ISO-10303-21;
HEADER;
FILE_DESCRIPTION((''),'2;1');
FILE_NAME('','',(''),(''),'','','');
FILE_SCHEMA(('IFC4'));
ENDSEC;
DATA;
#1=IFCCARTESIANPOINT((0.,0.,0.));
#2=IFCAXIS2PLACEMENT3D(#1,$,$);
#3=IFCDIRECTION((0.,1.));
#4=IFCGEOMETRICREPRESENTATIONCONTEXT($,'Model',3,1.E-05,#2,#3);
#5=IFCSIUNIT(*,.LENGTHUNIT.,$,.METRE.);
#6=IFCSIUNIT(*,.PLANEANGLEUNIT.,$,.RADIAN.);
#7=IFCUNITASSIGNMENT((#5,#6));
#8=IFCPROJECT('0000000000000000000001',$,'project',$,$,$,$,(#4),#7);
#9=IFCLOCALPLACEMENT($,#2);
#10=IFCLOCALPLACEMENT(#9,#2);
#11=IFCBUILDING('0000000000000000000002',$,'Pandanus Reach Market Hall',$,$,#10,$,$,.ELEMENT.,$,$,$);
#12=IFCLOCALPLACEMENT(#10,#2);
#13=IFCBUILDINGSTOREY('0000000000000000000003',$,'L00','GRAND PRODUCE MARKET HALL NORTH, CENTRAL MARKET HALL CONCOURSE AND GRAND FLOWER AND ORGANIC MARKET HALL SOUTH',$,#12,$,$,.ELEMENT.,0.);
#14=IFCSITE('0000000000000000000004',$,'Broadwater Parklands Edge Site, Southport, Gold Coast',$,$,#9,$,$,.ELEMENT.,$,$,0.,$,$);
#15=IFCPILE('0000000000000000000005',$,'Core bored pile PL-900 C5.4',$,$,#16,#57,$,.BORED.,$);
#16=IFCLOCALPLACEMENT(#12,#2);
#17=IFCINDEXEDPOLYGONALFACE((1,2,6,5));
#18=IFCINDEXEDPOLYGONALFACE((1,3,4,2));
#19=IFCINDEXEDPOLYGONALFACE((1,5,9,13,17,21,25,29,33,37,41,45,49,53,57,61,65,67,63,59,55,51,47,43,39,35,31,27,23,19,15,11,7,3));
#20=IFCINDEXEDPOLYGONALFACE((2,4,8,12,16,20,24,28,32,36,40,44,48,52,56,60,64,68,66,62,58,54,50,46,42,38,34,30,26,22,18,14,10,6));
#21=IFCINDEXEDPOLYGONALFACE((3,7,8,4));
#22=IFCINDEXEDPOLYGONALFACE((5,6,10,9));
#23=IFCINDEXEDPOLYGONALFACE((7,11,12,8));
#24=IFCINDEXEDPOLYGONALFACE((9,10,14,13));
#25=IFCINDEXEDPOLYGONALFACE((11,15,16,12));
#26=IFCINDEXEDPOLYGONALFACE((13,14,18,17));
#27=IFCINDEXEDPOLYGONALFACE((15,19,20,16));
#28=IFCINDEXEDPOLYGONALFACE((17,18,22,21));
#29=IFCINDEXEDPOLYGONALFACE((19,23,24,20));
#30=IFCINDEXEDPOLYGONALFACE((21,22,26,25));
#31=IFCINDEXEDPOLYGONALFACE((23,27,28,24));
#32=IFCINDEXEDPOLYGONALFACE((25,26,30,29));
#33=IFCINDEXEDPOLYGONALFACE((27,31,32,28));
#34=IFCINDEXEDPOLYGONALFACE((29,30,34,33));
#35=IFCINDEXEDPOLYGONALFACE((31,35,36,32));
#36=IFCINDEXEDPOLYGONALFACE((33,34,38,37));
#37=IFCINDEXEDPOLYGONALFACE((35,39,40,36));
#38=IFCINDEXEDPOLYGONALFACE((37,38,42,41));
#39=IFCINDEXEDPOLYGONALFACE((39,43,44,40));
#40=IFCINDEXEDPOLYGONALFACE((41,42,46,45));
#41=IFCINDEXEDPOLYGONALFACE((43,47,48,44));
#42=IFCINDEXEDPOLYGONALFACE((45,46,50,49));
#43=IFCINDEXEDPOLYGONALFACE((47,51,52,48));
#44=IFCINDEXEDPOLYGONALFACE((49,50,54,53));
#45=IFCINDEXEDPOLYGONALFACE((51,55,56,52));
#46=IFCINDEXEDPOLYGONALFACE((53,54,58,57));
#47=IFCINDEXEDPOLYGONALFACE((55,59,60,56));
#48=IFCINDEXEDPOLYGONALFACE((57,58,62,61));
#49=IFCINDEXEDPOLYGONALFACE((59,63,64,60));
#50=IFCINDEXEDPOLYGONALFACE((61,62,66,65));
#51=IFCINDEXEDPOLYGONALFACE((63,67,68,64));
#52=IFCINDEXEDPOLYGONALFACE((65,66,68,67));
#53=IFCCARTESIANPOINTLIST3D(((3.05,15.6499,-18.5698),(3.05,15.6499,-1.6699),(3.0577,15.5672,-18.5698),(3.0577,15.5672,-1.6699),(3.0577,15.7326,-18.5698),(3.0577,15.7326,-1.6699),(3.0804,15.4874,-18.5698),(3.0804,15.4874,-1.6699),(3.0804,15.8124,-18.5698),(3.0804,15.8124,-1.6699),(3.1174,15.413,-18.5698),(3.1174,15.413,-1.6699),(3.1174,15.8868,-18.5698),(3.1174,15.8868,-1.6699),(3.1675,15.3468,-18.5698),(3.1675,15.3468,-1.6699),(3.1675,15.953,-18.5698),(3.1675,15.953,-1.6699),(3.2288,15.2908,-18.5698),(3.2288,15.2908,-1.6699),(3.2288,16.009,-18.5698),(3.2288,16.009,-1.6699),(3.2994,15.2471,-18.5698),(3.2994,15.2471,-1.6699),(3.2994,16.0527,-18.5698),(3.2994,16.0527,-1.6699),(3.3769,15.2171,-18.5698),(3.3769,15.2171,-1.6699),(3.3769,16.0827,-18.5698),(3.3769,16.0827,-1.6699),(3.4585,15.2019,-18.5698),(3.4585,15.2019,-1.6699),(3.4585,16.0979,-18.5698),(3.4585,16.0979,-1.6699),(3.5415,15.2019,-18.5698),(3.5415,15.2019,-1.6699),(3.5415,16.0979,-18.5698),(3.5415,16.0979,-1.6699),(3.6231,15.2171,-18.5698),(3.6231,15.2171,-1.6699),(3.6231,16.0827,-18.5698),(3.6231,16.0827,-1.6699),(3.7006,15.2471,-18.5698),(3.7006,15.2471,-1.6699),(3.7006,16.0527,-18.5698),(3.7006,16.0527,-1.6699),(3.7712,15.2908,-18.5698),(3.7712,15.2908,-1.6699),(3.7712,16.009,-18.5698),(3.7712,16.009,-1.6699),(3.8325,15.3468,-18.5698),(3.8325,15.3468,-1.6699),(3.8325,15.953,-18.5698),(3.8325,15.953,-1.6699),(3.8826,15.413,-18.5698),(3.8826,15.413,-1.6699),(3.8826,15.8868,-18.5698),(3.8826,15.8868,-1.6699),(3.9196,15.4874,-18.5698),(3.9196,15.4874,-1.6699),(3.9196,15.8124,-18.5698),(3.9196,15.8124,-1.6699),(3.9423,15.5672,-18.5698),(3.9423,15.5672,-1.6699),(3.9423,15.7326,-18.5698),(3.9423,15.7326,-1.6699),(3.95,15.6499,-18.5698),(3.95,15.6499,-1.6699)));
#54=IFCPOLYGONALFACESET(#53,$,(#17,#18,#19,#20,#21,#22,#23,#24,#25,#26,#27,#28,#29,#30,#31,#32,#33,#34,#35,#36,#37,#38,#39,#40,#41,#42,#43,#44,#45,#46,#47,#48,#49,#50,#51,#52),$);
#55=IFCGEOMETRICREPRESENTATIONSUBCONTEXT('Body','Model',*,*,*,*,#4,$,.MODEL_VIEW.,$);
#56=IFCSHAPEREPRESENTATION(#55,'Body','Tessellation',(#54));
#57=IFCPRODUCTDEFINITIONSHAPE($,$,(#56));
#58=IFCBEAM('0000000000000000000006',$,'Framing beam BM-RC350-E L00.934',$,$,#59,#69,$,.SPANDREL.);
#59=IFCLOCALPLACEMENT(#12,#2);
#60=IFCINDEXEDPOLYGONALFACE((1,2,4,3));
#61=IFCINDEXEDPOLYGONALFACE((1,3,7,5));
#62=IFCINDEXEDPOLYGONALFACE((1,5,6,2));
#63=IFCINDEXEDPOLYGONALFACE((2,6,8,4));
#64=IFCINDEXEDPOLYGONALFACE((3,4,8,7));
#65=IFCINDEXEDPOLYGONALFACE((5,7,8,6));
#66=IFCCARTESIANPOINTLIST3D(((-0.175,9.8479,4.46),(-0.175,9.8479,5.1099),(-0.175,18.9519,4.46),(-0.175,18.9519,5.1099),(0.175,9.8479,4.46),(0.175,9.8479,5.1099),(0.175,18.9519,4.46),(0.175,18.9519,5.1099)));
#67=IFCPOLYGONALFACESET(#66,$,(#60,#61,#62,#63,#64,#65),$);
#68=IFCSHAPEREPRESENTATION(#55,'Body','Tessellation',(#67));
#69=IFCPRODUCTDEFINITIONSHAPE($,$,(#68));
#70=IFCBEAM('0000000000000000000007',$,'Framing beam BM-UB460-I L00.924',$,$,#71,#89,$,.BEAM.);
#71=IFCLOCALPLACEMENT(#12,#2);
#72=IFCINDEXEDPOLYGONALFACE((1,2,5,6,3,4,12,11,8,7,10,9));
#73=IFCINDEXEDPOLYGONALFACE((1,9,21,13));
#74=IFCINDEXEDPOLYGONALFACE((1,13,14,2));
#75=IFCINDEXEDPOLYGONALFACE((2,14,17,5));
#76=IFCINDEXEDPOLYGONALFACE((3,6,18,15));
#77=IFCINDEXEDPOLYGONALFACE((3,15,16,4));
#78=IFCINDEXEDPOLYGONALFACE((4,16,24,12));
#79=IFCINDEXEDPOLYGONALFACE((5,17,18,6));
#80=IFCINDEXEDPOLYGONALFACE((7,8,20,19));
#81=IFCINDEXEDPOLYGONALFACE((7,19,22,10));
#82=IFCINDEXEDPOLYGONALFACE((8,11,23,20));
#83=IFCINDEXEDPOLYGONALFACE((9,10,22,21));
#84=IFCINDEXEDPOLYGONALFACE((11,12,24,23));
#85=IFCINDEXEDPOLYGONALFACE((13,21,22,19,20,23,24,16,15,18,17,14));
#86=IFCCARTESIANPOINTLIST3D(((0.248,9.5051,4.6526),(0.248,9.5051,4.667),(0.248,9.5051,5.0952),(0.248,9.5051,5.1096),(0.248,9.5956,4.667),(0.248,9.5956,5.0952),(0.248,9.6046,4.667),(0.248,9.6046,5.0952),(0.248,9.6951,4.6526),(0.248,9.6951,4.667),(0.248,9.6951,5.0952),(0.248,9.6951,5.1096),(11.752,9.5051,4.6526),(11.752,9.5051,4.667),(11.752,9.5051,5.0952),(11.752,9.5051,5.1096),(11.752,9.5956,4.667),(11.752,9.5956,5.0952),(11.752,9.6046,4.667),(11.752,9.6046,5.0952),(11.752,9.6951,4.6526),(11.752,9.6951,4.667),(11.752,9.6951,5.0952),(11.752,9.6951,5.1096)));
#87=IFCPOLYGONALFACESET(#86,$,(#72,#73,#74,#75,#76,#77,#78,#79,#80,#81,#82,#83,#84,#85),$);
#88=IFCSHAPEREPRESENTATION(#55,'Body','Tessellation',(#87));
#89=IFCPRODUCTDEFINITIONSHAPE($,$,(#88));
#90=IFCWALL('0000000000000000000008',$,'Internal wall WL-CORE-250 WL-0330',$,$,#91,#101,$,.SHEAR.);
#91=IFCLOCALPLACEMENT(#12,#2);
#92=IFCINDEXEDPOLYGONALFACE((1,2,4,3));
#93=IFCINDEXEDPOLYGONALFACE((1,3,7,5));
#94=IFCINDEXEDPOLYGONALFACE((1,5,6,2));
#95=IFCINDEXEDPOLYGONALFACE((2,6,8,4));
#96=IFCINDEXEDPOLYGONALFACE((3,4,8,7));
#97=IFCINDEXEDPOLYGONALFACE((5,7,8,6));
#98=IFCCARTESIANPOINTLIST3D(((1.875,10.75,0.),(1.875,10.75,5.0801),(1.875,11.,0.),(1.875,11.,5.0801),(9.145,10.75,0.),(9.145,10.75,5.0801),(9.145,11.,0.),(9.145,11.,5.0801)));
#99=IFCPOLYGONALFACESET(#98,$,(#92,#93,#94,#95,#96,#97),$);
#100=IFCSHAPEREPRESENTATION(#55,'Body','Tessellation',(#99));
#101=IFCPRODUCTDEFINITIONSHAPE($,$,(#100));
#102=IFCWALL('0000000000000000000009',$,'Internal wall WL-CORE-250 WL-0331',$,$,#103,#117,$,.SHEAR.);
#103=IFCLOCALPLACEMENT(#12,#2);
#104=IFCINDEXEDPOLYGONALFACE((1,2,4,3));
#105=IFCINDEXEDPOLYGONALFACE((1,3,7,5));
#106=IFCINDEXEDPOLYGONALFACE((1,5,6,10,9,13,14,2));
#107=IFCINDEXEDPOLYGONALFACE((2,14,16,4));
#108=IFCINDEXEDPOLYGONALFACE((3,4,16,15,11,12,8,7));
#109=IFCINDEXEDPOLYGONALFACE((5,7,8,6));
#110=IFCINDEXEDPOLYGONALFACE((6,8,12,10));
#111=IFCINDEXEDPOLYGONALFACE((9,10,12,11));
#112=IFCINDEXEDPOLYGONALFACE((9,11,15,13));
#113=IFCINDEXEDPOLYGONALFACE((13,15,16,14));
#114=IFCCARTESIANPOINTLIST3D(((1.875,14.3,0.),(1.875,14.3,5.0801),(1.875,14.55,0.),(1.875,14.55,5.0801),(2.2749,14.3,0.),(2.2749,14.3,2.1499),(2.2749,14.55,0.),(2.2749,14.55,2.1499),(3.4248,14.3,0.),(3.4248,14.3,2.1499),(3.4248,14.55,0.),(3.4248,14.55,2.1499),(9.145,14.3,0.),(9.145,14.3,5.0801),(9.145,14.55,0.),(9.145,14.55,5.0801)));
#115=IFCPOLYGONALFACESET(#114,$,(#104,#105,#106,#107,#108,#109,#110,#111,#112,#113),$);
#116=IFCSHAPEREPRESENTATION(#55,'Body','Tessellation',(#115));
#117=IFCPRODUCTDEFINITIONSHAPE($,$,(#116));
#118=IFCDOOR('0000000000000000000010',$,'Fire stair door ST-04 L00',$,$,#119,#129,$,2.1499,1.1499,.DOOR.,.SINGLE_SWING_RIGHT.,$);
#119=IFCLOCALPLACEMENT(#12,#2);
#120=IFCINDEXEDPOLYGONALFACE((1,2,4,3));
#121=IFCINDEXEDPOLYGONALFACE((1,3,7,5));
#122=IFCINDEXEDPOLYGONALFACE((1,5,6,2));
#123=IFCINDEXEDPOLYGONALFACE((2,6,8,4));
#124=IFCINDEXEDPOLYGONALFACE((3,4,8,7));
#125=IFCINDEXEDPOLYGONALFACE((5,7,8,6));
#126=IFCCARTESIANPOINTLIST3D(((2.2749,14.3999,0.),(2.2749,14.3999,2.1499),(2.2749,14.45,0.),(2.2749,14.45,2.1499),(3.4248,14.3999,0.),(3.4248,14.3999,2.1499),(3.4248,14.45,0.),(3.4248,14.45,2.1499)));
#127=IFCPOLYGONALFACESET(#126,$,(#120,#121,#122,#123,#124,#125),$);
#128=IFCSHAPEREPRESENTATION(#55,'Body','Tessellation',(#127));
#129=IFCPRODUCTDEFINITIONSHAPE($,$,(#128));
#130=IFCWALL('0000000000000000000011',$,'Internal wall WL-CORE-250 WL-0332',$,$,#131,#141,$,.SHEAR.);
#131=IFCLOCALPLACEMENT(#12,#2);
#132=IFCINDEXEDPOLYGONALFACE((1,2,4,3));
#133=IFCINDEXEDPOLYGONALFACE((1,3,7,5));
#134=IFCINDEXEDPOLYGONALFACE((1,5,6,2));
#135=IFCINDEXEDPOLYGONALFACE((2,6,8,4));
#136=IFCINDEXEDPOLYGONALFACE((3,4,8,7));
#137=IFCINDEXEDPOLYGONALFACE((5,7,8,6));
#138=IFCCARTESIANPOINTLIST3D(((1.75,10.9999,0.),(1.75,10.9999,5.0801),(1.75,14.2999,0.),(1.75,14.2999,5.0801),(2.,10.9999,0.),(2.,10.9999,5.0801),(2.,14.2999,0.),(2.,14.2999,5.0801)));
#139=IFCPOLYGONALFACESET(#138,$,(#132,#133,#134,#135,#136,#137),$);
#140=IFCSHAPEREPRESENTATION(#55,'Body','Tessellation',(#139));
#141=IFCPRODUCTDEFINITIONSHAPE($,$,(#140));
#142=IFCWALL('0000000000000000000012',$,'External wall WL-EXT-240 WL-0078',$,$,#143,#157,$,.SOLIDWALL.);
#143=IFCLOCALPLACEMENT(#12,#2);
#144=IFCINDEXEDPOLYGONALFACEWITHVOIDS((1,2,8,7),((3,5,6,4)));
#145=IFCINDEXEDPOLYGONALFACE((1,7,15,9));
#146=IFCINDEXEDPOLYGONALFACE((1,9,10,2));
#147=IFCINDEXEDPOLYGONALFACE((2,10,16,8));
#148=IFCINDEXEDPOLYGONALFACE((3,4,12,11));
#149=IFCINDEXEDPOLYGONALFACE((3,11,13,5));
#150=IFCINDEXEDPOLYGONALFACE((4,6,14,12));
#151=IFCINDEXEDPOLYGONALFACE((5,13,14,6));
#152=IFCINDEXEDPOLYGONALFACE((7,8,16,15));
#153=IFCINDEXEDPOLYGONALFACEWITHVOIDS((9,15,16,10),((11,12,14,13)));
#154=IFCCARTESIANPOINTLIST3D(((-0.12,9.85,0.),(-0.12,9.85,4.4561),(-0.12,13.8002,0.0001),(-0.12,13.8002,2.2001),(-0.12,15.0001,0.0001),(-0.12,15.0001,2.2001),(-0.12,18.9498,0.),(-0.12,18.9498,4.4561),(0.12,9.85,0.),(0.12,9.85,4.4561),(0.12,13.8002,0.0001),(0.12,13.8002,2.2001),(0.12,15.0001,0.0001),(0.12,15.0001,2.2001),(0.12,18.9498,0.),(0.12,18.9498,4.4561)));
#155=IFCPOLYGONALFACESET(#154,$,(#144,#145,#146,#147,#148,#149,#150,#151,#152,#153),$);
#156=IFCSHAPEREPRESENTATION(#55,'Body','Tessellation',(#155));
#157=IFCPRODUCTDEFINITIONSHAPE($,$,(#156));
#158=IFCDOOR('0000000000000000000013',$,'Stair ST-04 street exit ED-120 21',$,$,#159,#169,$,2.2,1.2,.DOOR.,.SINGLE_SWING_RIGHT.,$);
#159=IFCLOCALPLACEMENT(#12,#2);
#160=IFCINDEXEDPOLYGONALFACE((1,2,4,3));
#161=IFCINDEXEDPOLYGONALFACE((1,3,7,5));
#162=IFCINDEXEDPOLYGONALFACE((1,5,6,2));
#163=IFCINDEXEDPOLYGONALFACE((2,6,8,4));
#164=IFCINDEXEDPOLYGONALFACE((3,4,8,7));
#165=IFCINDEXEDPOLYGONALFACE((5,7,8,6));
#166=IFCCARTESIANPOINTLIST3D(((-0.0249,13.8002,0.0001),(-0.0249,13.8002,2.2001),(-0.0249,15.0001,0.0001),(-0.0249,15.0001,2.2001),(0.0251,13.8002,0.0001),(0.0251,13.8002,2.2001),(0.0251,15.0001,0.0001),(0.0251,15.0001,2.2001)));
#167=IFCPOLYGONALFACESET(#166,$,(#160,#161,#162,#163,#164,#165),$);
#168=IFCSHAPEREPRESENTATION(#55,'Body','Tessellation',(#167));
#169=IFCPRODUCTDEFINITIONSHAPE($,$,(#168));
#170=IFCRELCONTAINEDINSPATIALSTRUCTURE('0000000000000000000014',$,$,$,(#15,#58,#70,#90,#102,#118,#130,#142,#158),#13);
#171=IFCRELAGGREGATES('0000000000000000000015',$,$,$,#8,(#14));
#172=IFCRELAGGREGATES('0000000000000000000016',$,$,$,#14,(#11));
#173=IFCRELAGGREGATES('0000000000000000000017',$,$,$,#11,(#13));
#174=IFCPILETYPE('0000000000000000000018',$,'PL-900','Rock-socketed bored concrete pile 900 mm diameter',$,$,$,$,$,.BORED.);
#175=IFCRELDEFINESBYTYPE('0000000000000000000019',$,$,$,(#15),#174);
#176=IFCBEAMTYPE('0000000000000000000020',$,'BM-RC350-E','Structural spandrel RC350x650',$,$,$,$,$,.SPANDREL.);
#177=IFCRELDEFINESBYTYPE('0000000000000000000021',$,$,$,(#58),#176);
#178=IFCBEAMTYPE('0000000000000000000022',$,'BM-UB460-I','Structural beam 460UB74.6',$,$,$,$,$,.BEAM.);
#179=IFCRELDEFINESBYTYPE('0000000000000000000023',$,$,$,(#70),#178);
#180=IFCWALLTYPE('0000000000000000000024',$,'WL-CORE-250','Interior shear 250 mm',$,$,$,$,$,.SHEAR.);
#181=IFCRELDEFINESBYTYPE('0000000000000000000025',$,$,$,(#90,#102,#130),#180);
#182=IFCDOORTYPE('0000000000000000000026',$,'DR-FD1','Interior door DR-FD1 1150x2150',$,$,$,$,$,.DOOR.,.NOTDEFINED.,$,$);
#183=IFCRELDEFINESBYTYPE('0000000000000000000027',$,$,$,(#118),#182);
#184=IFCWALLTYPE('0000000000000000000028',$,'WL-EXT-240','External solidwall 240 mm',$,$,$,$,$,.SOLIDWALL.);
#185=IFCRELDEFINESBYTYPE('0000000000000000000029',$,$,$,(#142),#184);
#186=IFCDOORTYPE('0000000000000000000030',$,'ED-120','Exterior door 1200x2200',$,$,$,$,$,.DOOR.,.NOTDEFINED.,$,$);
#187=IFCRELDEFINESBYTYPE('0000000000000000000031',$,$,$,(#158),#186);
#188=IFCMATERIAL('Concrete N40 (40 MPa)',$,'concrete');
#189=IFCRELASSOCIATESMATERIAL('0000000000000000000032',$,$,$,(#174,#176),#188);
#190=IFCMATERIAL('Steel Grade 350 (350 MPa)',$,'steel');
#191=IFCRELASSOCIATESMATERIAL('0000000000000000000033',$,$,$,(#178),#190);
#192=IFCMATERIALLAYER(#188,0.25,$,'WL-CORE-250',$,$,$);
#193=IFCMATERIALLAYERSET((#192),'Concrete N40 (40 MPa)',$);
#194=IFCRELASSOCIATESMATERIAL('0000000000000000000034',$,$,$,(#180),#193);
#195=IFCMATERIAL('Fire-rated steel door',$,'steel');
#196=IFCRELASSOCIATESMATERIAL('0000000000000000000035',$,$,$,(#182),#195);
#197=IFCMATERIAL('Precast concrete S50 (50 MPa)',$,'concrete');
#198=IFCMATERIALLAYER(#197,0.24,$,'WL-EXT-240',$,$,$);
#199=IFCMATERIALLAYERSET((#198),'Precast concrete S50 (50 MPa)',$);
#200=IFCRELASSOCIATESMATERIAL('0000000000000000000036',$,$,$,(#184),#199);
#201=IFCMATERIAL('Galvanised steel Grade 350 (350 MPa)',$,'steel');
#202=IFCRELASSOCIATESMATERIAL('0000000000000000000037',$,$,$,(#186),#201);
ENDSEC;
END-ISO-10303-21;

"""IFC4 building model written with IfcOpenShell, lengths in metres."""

from ifc_helpers import new_model, si_unit, direction, frame, frame_2d, origin, origin_2d, place, context, subcontext, project, spatial, rectangle, circle, i_section, extrude, material, layer, layer_set, material_profile, profile_set, type_object, element, fill, save


model = new_model("IFC4")

# Units and contexts
model_context = context("Model", 3, precision=1e-05, world=origin(), true_north=direction((0.0, 1.0)))
body_context = subcontext(model_context, "Body", "Model", "MODEL_VIEW")
ifc_project = project(units=[si_unit("LENGTHUNIT", "METRE"), si_unit("PLANEANGLEUNIT", "RADIAN")], contexts=[model_context])

# Site, building, storey
site_placement = place(None, origin())
site = spatial("IfcSite", under=ifc_project, at=site_placement, Name="Broadwater Parklands Edge Site, Southport, Gold Coast", CompositionType="ELEMENT", RefElevation=0.0)
building_placement = place(site_placement, origin())
building = spatial("IfcBuilding", under=site, at=building_placement, Name="Pandanus Reach Market Hall", CompositionType="ELEMENT")
storey_placement = place(building_placement, origin())
storey = spatial("IfcBuildingStorey", under=building, at=storey_placement, Name="L00", Description="GRAND PRODUCE MARKET HALL NORTH, CENTRAL MARKET HALL CONCOURSE AND GRAND FLOWER AND ORGANIC MARKET HALL SOUTH", CompositionType="ELEMENT", Elevation=0.0)

# Shared definitions
ifc_material_1 = material(Name="Concrete N40 (40 MPa)", Category="concrete")

# Pile
ifc_material_profile_1 = material_profile(ifc_material_1, circle(Radius=0.45, at=origin_2d()), Name="PILE-900D", Category="LoadBearing")
ifc_profile_set_1 = profile_set([ifc_material_profile_1], Name="Concrete N40 (40 MPa)")
pile_type_1 = type_object("IfcPileType", Name="PL-900", Description="Rock-socketed bored concrete pile 900 mm diameter", PredefinedType="BORED", material=ifc_profile_set_1)
for number, where, z_axis, x_axis, name in (
    (1, (3.5, 15.6499, -1.6699), (0.0, 0.0, -1.0), (1.0, 0.0, 0.0), "Core bored pile PL-900 C5.4"),
):
    element("IfcPile", number, at=place(storey_placement, frame(where, z_axis=z_axis, x_axis=x_axis)), inside=storey, type_object=pile_type_1, Name=name, PredefinedType="BORED", context=body_context, shape_type="SweptSolid", body=[
        extrude(circle(Radius=0.45, at=origin_2d()), origin(), (0.0, 0.0, 1.0), 16.8999),
    ])

# Beams
ifc_material_profile_2 = material_profile(ifc_material_1, rectangle(XDim=0.3501, YDim=0.6499, at=origin_2d()), Name="RC350x650", Category="LoadBearing")
ifc_profile_set_2 = profile_set([ifc_material_profile_2], Name="Concrete N40 (40 MPa)")
beam_type_1 = type_object("IfcBeamType", Name="BM-RC350-E", Description="Structural spandrel RC350x650", PredefinedType="SPANDREL", material=ifc_profile_set_2)
beam_1_placement = place(storey_placement, frame((0.0, 9.8479, 4.7849), z_axis=(0.0, 1.0, 0.0), x_axis=(-1.0, 0.0, 0.0)))
element("IfcBeam", 2, at=beam_1_placement, inside=storey, type_object=beam_type_1, Name="Framing beam BM-RC350-E L00.934", PredefinedType="SPANDREL", context=body_context, shape_type="SweptSolid", body=[
    extrude(rectangle(XDim=0.3501, YDim=0.6499, at=origin_2d()), origin(), (0.0, 0.0, 1.0), 9.104),
])
ifc_material_2 = material(Name="Steel Grade 350 (350 MPa)", Category="steel")
ifc_material_profile_3 = material_profile(ifc_material_2, i_section(OverallWidth=0.1899, OverallDepth=0.457, WebThickness=0.009, FlangeThickness=0.0144, at=origin_2d()), Name="460UB74.6", Category="LoadBearing")
ifc_profile_set_3 = profile_set([ifc_material_profile_3], Name="Steel Grade 350 (350 MPa)")
beam_type_2 = type_object("IfcBeamType", Name="BM-UB460-I", Description="Structural beam 460UB74.6", PredefinedType="BEAM", material=ifc_profile_set_3)
beam_2_placement = place(storey_placement, frame((0.248, 9.6001, 4.8811), z_axis=(1.0, 0.0, 0.0), x_axis=(0.0, 1.0, 0.0)))
element("IfcBeam", 3, at=beam_2_placement, inside=storey, type_object=beam_type_2, Name="Framing beam BM-UB460-I L00.924", PredefinedType="BEAM", context=body_context, shape_type="SweptSolid", body=[
    extrude(i_section(OverallWidth=0.1899, OverallDepth=0.457, WebThickness=0.009, FlangeThickness=0.0144, at=origin_2d()), origin(), (0.0, 0.0, 1.0), 11.5039),
])

# Wall
ifc_layer_1 = layer(ifc_material_1, 0.25, Name="WL-CORE-250")
ifc_layer_set_1 = layer_set([ifc_layer_1], Name="Concrete N40 (40 MPa)")
wall_type_1 = type_object("IfcWallType", Name="WL-CORE-250", Description="Interior shear 250 mm", PredefinedType="SHEAR", material=ifc_layer_set_1)
wall_1_placement = place(storey_placement, frame((1.875, 10.875, 0.0), z_axis=(0.0, 0.0, 1.0), x_axis=(1.0, 0.0, 0.0)))
element("IfcWall", 4, at=wall_1_placement, inside=storey, type_object=wall_type_1, Name="Internal wall WL-CORE-250 WL-0330", PredefinedType="SHEAR", context=body_context, shape_type="SweptSolid", body=[
    extrude(rectangle(XDim=7.27, YDim=0.25, at=frame_2d((3.635, 0.0))), origin(), (0.0, 0.0, 1.0), 5.0801),
])

# Wall, opening, door
wall_2_placement = place(storey_placement, frame((1.875, 14.425, 0.0), z_axis=(0.0, 0.0, 1.0), x_axis=(1.0, 0.0, 0.0)))
wall_2 = element("IfcWall", 5, at=wall_2_placement, inside=storey, type_object=wall_type_1, Name="Internal wall WL-CORE-250 WL-0331", PredefinedType="SHEAR", context=body_context, shape_type="SweptSolid", body=[
    extrude(rectangle(XDim=7.27, YDim=0.25, at=frame_2d((3.635, 0.0))), origin(), (0.0, 0.0, 1.0), 5.0801),
])
opening_1_placement = place(wall_2_placement, frame((0.3999, 0.0, 0.0)))
opening_1 = element("IfcOpeningElement", 6, at=opening_1_placement, cuts=wall_2, PredefinedType="OPENING", context=body_context, shape_type="SweptSolid", body=[
    extrude(rectangle(XDim=1.1499, YDim=2.1499, at=frame_2d((0.575, 1.075))), frame((0.0, 0.1399, 0.0), z_axis=(0.0, -1.0, 0.0), x_axis=(1.0, 0.0, 0.0)), (0.0, 0.0, 1.0), 0.28),
])
ifc_material_3 = material(Name="Fire-rated steel door", Category="steel")
door_type_1 = type_object("IfcDoorType", Name="DR-FD1", Description="Interior door DR-FD1 1150x2150", OperationType="NOTDEFINED", PredefinedType="DOOR", material=ifc_material_3)
door_1_placement = place(opening_1_placement, origin())
door_1 = element("IfcDoor", 7, at=door_1_placement, inside=storey, type_object=door_type_1, Name="Fire stair door ST-04 L00", OperationType="SINGLE_SWING_RIGHT", OverallHeight=2.1499, OverallWidth=1.1499, PredefinedType="DOOR", context=body_context, shape_type="SweptSolid", body=[
    extrude(rectangle(XDim=1.1499, YDim=2.1499, at=frame_2d((0.575, 1.075))), frame((0.0, 0.0249, 0.0), z_axis=(0.0, -1.0, 0.0), x_axis=(1.0, 0.0, 0.0)), (0.0, 0.0, 1.0), 0.05),
])
fill(opening_1, door_1)

# Wall
wall_3_placement = place(storey_placement, frame((1.875, 11.0, 0.0), z_axis=(0.0, 0.0, 1.0), x_axis=(0.0, 1.0, 0.0)))
element("IfcWall", 8, at=wall_3_placement, inside=storey, type_object=wall_type_1, Name="Internal wall WL-CORE-250 WL-0332", PredefinedType="SHEAR", context=body_context, shape_type="SweptSolid", body=[
    extrude(rectangle(XDim=3.3, YDim=0.25, at=frame_2d((1.6499, 0.0))), origin(), (0.0, 0.0, 1.0), 5.0801),
])

# Wall, opening, door
ifc_material_4 = material(Name="Precast concrete S50 (50 MPa)", Category="concrete")
ifc_layer_2 = layer(ifc_material_4, 0.24, Name="WL-EXT-240")
ifc_layer_set_2 = layer_set([ifc_layer_2], Name="Precast concrete S50 (50 MPa)")
wall_type_2 = type_object("IfcWallType", Name="WL-EXT-240", Description="External solidwall 240 mm", PredefinedType="SOLIDWALL", material=ifc_layer_set_2)
wall_4_placement = place(storey_placement, frame((0.0, 9.8501, 0.0), z_axis=(0.0, 0.0, 1.0), x_axis=(0.0, 1.0, 0.0)))
wall_4 = element("IfcWall", 9, at=wall_4_placement, inside=storey, type_object=wall_type_2, Name="External wall WL-EXT-240 WL-0078", PredefinedType="SOLIDWALL", context=body_context, shape_type="SweptSolid", body=[
    extrude(rectangle(XDim=9.0999, YDim=0.24, at=frame_2d((4.5498, 0.0))), origin(), (0.0, 0.0, 1.0), 4.4561),
])
opening_2_placement = place(wall_4_placement, frame((3.95, 0.0, 0.0)))
opening_2 = element("IfcOpeningElement", 10, at=opening_2_placement, cuts=wall_4, PredefinedType="OPENING", context=body_context, shape_type="SweptSolid", body=[
    extrude(rectangle(XDim=1.2, YDim=2.2, at=frame_2d((0.6001, 1.1001))), frame((0.0, 0.135, 0.0), z_axis=(0.0, -1.0, 0.0), x_axis=(1.0, 0.0, 0.0)), (0.0, 0.0, 1.0), 0.27),
])
ifc_material_5 = material(Name="Galvanised steel Grade 350 (350 MPa)", Category="steel")
door_type_2 = type_object("IfcDoorType", Name="ED-120", Description="Exterior door 1200x2200", OperationType="NOTDEFINED", PredefinedType="DOOR", material=ifc_material_5)
door_2_placement = place(opening_2_placement, origin())
door_2 = element("IfcDoor", 11, at=door_2_placement, inside=storey, type_object=door_type_2, Name="Stair ST-04 street exit ED-120 21", OperationType="SINGLE_SWING_RIGHT", OverallHeight=2.2, OverallWidth=1.2, PredefinedType="DOOR", context=body_context, shape_type="SweptSolid", body=[
    extrude(rectangle(XDim=1.2, YDim=2.2, at=frame_2d((0.6001, 1.1001))), frame((0.0, 0.0249, 0.0), z_axis=(0.0, -1.0, 0.0), x_axis=(1.0, 0.0, 0.0)), (0.0, 0.0, 1.0), 0.05),
])
fill(opening_2, door_2)

save(model, "model.ifc")
